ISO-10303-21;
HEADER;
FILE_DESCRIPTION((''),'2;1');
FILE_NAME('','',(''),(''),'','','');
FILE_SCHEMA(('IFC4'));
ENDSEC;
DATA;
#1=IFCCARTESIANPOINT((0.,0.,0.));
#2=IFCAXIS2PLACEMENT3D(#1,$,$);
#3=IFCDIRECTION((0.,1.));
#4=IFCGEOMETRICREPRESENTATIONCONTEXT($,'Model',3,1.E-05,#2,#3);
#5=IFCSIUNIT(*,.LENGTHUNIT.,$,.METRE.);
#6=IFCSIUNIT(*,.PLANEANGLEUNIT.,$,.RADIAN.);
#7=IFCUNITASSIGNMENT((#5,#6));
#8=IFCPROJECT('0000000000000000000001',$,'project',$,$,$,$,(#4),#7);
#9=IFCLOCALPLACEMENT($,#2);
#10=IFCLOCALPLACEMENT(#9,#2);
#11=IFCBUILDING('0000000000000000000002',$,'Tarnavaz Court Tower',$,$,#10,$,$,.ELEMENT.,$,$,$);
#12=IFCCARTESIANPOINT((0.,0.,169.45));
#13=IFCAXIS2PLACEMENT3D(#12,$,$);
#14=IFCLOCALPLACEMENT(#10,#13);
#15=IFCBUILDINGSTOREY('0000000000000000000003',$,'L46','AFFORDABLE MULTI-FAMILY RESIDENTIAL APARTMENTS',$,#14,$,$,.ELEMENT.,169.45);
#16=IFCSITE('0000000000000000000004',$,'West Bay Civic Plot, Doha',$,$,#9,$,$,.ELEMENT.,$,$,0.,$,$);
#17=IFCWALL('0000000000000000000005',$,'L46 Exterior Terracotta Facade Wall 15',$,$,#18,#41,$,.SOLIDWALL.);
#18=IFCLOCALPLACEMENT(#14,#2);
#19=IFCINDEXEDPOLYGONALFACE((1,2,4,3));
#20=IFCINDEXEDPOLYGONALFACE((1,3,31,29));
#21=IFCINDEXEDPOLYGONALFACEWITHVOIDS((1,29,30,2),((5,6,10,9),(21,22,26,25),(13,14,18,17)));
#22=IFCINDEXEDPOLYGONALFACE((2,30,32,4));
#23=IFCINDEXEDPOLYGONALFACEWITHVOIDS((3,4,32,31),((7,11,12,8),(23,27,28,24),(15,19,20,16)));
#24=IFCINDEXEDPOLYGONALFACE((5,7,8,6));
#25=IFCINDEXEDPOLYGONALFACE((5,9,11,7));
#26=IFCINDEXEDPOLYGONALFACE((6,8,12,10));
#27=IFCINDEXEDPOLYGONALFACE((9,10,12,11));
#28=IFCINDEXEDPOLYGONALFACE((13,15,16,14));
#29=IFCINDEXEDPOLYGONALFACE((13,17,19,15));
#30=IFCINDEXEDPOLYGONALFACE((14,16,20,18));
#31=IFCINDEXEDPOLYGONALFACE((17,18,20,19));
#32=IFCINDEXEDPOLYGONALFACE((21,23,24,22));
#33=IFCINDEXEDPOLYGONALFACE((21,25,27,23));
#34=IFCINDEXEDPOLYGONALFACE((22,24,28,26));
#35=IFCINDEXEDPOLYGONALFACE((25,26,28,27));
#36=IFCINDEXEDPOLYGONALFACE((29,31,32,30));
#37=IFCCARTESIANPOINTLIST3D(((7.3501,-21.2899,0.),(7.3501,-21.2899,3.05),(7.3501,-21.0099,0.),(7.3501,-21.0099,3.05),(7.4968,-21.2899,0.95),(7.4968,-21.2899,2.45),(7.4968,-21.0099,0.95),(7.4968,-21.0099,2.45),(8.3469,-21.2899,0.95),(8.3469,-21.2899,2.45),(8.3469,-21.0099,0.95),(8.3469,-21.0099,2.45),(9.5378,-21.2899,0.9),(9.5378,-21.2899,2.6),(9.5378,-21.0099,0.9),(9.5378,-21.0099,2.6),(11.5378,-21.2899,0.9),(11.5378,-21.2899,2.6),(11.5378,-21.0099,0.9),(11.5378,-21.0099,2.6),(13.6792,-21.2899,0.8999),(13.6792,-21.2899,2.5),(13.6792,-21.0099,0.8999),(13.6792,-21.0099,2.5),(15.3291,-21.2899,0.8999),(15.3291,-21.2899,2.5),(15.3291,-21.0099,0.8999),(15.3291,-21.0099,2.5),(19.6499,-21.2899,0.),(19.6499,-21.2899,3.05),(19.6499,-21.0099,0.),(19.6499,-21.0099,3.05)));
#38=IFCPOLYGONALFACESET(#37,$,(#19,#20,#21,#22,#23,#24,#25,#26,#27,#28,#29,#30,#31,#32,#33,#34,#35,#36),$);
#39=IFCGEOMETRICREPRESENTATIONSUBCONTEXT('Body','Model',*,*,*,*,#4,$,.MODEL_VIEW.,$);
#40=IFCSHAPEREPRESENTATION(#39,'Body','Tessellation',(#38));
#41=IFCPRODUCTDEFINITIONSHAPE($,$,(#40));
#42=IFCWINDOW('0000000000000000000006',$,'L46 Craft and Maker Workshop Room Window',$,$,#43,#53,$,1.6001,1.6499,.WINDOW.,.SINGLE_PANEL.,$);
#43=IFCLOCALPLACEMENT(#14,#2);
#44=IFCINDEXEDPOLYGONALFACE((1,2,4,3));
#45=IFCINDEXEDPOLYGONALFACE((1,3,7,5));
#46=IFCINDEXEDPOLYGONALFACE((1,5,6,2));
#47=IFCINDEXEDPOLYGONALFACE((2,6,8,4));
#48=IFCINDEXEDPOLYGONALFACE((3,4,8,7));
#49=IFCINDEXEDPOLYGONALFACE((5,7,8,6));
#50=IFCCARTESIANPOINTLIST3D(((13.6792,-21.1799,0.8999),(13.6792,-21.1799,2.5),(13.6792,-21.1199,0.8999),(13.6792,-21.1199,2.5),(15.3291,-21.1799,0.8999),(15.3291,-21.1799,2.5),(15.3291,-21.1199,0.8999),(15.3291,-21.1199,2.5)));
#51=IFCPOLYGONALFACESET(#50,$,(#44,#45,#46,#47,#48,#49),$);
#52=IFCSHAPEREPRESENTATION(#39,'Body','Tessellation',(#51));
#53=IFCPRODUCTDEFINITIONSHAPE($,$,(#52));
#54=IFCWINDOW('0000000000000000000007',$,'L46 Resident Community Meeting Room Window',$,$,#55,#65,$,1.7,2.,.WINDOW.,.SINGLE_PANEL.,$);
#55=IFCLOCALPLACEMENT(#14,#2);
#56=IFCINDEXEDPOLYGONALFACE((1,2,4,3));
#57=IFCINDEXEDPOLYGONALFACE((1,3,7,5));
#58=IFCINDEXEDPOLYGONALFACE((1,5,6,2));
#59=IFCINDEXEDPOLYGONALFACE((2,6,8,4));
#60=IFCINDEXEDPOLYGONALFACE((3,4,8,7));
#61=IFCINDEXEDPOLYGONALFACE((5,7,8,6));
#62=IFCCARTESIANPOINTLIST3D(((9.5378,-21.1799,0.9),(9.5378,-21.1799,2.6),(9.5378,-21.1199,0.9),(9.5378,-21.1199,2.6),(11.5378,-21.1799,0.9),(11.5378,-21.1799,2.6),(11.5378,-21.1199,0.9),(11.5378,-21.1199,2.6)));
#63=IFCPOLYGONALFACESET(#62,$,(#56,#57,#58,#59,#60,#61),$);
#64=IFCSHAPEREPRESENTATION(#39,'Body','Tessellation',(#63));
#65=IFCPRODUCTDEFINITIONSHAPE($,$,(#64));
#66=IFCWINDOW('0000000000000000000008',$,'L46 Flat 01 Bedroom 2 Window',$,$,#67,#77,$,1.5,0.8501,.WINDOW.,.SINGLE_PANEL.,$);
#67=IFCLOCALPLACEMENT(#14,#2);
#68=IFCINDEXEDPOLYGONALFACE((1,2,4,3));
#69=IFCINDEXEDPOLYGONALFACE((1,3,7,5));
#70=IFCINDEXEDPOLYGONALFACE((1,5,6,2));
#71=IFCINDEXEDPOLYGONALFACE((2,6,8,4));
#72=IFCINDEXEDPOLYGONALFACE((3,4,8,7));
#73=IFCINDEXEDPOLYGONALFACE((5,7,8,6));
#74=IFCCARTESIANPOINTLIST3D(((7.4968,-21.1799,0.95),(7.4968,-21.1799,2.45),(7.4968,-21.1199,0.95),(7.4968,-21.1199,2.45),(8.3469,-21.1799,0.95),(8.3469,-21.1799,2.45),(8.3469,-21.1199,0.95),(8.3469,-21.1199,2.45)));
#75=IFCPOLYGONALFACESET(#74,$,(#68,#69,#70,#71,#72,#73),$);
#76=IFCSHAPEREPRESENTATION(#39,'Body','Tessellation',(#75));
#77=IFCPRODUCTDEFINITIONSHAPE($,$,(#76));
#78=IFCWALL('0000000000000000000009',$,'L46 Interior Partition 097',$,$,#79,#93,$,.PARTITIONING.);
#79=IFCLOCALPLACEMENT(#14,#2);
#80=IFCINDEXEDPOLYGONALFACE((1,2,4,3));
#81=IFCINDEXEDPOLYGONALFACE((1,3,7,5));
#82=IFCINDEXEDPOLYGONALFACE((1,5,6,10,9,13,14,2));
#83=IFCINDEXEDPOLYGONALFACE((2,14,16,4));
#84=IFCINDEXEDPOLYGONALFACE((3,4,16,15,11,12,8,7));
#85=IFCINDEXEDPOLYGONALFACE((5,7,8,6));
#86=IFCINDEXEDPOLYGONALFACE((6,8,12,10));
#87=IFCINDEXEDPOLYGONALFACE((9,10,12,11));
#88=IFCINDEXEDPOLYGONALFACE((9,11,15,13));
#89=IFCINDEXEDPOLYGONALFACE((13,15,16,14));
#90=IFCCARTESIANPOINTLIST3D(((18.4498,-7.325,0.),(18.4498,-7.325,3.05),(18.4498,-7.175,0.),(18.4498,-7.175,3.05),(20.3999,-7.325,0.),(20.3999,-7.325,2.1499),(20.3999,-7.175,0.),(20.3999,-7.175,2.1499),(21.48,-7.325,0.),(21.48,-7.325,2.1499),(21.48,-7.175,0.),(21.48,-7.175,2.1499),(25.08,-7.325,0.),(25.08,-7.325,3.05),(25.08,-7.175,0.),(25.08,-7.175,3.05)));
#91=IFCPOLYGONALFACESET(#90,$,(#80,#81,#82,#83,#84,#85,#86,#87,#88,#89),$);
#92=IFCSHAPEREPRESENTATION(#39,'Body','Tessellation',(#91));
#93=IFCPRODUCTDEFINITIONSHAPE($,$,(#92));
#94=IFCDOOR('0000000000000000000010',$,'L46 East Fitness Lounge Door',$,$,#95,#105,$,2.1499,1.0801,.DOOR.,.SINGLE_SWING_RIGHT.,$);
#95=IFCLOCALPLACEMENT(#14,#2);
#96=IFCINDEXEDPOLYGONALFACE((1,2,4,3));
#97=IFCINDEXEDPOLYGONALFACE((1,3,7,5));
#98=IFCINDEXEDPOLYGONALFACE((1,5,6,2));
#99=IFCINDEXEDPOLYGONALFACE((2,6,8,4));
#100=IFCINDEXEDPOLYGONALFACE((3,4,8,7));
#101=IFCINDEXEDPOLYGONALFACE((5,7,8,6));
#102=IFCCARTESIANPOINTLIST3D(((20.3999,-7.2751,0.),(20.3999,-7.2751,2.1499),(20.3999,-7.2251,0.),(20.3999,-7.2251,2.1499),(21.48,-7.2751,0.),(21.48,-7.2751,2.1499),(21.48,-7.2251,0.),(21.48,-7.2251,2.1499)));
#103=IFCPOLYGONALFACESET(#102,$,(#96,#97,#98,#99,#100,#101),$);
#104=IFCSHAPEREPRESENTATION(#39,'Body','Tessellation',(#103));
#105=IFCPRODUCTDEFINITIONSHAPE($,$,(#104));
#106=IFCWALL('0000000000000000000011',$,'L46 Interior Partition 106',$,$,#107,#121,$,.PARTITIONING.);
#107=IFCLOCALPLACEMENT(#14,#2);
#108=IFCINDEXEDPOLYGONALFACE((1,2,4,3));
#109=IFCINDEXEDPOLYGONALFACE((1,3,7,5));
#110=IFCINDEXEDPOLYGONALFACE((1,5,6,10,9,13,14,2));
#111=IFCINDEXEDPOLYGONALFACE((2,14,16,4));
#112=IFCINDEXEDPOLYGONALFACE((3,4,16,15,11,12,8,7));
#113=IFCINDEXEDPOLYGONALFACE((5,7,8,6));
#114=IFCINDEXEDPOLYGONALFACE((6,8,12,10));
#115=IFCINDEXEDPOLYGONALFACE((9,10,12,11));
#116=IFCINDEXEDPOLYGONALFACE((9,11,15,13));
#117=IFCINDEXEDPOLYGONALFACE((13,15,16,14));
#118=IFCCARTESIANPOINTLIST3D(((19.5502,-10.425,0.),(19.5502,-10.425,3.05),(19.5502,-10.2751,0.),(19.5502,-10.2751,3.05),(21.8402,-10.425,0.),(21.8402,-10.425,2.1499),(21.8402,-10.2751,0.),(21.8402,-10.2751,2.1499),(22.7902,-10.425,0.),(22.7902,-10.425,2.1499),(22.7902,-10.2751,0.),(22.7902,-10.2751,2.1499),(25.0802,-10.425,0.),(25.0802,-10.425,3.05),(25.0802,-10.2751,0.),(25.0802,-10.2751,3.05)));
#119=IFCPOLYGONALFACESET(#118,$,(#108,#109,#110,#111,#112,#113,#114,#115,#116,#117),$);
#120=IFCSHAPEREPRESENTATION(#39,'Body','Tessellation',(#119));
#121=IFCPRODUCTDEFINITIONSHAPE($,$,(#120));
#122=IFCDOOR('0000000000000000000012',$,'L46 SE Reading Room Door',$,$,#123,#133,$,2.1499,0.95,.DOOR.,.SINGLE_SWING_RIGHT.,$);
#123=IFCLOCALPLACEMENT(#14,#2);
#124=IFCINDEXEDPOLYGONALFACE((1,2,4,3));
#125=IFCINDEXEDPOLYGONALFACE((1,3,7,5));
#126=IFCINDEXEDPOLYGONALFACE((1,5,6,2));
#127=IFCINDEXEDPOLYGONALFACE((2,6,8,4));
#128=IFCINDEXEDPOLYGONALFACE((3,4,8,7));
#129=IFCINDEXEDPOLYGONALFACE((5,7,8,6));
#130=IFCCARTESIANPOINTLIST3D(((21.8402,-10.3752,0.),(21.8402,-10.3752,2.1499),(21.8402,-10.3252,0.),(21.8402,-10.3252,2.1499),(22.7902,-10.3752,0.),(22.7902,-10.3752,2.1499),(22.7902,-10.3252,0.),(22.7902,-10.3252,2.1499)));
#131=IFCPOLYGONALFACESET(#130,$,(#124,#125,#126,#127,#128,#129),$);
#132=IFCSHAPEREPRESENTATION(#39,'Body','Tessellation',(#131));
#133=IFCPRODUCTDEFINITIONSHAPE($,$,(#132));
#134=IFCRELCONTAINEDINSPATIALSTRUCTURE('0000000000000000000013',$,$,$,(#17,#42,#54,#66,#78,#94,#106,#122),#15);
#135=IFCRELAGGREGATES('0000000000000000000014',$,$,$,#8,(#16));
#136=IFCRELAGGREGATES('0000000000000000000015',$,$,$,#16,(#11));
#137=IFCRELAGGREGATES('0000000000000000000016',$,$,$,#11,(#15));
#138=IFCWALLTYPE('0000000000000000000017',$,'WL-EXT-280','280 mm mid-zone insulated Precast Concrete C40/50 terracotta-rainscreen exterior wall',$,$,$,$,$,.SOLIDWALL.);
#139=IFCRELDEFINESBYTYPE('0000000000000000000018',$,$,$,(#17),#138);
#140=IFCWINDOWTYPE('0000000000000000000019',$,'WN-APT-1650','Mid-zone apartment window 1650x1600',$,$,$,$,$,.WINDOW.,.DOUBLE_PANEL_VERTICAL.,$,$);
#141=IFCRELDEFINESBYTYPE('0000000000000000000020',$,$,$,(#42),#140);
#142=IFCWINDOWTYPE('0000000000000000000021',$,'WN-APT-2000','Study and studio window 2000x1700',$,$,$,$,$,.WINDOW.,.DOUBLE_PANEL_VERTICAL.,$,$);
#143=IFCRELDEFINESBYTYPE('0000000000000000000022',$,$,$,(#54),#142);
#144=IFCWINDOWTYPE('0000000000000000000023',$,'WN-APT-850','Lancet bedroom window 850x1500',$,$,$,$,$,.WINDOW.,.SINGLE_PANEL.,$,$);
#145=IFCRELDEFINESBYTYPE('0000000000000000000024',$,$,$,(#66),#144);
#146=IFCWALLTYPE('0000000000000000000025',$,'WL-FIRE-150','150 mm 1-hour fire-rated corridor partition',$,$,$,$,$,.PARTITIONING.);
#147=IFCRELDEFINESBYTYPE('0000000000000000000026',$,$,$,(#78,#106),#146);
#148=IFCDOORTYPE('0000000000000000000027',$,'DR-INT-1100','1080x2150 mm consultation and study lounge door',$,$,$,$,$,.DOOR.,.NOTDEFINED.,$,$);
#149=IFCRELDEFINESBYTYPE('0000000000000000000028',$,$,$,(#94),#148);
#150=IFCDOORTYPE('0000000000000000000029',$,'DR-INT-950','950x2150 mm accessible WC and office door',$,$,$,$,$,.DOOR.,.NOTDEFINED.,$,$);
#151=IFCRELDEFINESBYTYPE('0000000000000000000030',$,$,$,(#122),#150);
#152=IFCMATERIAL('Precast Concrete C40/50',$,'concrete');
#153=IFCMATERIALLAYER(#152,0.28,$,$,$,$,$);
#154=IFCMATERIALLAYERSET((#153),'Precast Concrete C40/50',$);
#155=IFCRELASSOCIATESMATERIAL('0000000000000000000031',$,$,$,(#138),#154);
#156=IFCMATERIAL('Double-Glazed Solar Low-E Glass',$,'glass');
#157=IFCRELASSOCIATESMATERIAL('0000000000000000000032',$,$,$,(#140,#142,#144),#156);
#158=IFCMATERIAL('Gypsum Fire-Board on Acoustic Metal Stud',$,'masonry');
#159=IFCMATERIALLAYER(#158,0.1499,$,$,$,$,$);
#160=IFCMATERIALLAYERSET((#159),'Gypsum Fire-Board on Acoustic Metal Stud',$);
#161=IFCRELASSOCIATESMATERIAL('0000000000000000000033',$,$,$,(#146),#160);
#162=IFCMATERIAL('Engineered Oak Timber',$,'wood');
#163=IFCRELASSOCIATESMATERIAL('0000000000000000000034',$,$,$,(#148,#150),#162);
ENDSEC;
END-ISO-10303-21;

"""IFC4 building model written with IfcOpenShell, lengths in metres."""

from ifc_helpers import new_model, si_unit, direction, frame, frame_2d, origin, place, context, subcontext, project, spatial, rectangle, extrude, material, layer, layer_set, type_object, element, fill, save


model = new_model("IFC4")

# Units and contexts
model_context = context("Model", 3, precision=1e-05, world=origin(), true_north=direction((0.0, 1.0)))
body_context = subcontext(model_context, "Body", "Model", "MODEL_VIEW")
ifc_project = project(units=[si_unit("LENGTHUNIT", "METRE"), si_unit("PLANEANGLEUNIT", "RADIAN")], contexts=[model_context])

# Site, building, storey
site_placement = place(None, origin())
site = spatial("IfcSite", under=ifc_project, at=site_placement, Name="West Bay Civic Plot, Doha", CompositionType="ELEMENT", RefElevation=0.0)
building_placement = place(site_placement, origin())
building = spatial("IfcBuilding", under=site, at=building_placement, Name="Tarnavaz Court Tower", CompositionType="ELEMENT")
storey_placement = place(building_placement, frame((0.0, 0.0, 169.45)))
storey = spatial("IfcBuildingStorey", under=building, at=storey_placement, Name="L46", Description="AFFORDABLE MULTI-FAMILY RESIDENTIAL APARTMENTS", CompositionType="ELEMENT", Elevation=169.45)

# Shared definitions
ifc_material_1 = material(Name="Precast Concrete C40/50", Category="concrete")
ifc_layer_1 = layer(ifc_material_1, 0.28)
ifc_layer_set_1 = layer_set([ifc_layer_1], Name="Precast Concrete C40/50")
wall_type_1 = type_object("IfcWallType", Name="WL-EXT-280", Description="280 mm mid-zone insulated Precast Concrete C40/50 terracotta-rainscreen exterior wall", PredefinedType="SOLIDWALL", material=ifc_layer_set_1)
ifc_material_2 = material(Name="Double-Glazed Solar Low-E Glass", Category="glass")

# Wall, openings, windows
wall_1_placement = place(storey_placement, frame((19.6499, -21.1499, 0.0), z_axis=(0.0, 0.0, 1.0), x_axis=(-1.0, 0.0, 0.0)))
wall_1 = element("IfcWall", 1, at=wall_1_placement, inside=storey, type_object=wall_type_1, Name="L46 Exterior Terracotta Facade Wall 15", PredefinedType="SOLIDWALL", context=body_context, shape_type="SweptSolid", body=[
    extrude(rectangle(XDim=12.2998, YDim=0.28, at=frame_2d((6.1499, 0.0))), origin(), (0.0, 0.0, 1.0), 3.05),
])
opening_1_placement = place(wall_1_placement, frame((4.3208, 0.0, 0.8999)))
opening_1 = element("IfcOpeningElement", 2, at=opening_1_placement, cuts=wall_1, PredefinedType="OPENING", context=body_context, shape_type="SweptSolid", body=[
    extrude(rectangle(XDim=1.6499, YDim=1.6001, at=frame_2d((0.825, 0.8))), frame((0.0, 0.1499, 0.0), z_axis=(0.0, -1.0, 0.0), x_axis=(1.0, 0.0, 0.0)), (0.0, 0.0, 1.0), 0.3),
])
opening_2_placement = place(wall_1_placement, frame((8.1121, 0.0, 0.8999)))
opening_2 = element("IfcOpeningElement", 3, at=opening_2_placement, cuts=wall_1, PredefinedType="OPENING", context=body_context, shape_type="SweptSolid", body=[
    extrude(rectangle(XDim=2.0, YDim=1.7, at=frame_2d((1.0, 0.8501))), frame((0.0, 0.1499, 0.0), z_axis=(0.0, -1.0, 0.0), x_axis=(1.0, 0.0, 0.0)), (0.0, 0.0, 1.0), 0.3),
])
opening_3_placement = place(wall_1_placement, frame((11.303, 0.0, 0.95)))
opening_3 = element("IfcOpeningElement", 4, at=opening_3_placement, cuts=wall_1, PredefinedType="OPENING", context=body_context, shape_type="SweptSolid", body=[
    extrude(rectangle(XDim=0.8501, YDim=1.5, at=frame_2d((0.425, 0.75))), frame((0.0, 0.1499, 0.0), z_axis=(0.0, -1.0, 0.0), x_axis=(1.0, 0.0, 0.0)), (0.0, 0.0, 1.0), 0.3),
])
window_type_1 = type_object("IfcWindowType", Name="WN-APT-1650", Description="Mid-zone apartment window 1650x1600", PartitioningType="DOUBLE_PANEL_VERTICAL", PredefinedType="WINDOW", material=ifc_material_2)
window_1_placement = place(opening_1_placement, origin())
window_1 = element("IfcWindow", 5, at=window_1_placement, inside=storey, type_object=window_type_1, Name="L46 Craft and Maker Workshop Room Window", OverallHeight=1.6001, OverallWidth=1.6499, PartitioningType="SINGLE_PANEL", PredefinedType="WINDOW", context=body_context, shape_type="SweptSolid", body=[
    extrude(rectangle(XDim=1.6499, YDim=1.6001, at=frame_2d((0.825, 0.8))), frame((0.0, 0.03, 0.0), z_axis=(0.0, -1.0, 0.0), x_axis=(1.0, 0.0, 0.0)), (0.0, 0.0, 1.0), 0.0601),
])
fill(opening_1, window_1)
window_type_2 = type_object("IfcWindowType", Name="WN-APT-2000", Description="Study and studio window 2000x1700", PartitioningType="DOUBLE_PANEL_VERTICAL", PredefinedType="WINDOW", material=ifc_material_2)
window_2_placement = place(opening_2_placement, origin())
window_2 = element("IfcWindow", 6, at=window_2_placement, inside=storey, type_object=window_type_2, Name="L46 Resident Community Meeting Room Window", OverallHeight=1.7, OverallWidth=2.0, PartitioningType="SINGLE_PANEL", PredefinedType="WINDOW", context=body_context, shape_type="SweptSolid", body=[
    extrude(rectangle(XDim=2.0, YDim=1.7, at=frame_2d((1.0, 0.8501))), frame((0.0, 0.03, 0.0), z_axis=(0.0, -1.0, 0.0), x_axis=(1.0, 0.0, 0.0)), (0.0, 0.0, 1.0), 0.0601),
])
fill(opening_2, window_2)
window_type_3 = type_object("IfcWindowType", Name="WN-APT-850", Description="Lancet bedroom window 850x1500", PartitioningType="SINGLE_PANEL", PredefinedType="WINDOW", material=ifc_material_2)
window_3_placement = place(opening_3_placement, origin())
window_3 = element("IfcWindow", 7, at=window_3_placement, inside=storey, type_object=window_type_3, Name="L46 Flat 01 Bedroom 2 Window", OverallHeight=1.5, OverallWidth=0.8501, PartitioningType="SINGLE_PANEL", PredefinedType="WINDOW", context=body_context, shape_type="SweptSolid", body=[
    extrude(rectangle(XDim=0.8501, YDim=1.5, at=frame_2d((0.425, 0.75))), frame((0.0, 0.03, 0.0), z_axis=(0.0, -1.0, 0.0), x_axis=(1.0, 0.0, 0.0)), (0.0, 0.0, 1.0), 0.0601),
])
fill(opening_3, window_3)

# Walls, openings, doors
ifc_material_3 = material(Name="Gypsum Fire-Board on Acoustic Metal Stud", Category="masonry")
ifc_layer_2 = layer(ifc_material_3, 0.1499)
ifc_layer_set_2 = layer_set([ifc_layer_2], Name="Gypsum Fire-Board on Acoustic Metal Stud")
wall_type_2 = type_object("IfcWallType", Name="WL-FIRE-150", Description="150 mm 1-hour fire-rated corridor partition", PredefinedType="PARTITIONING", material=ifc_layer_set_2)
wall_2_placement = place(storey_placement, frame((18.45, -7.25, 0.0), z_axis=(0.0, 0.0, 1.0), x_axis=(1.0, 0.0, 0.0)))
wall_2 = element("IfcWall", 8, at=wall_2_placement, inside=storey, type_object=wall_type_2, Name="L46 Interior Partition 097", PredefinedType="PARTITIONING", context=body_context, shape_type="SweptSolid", body=[
    extrude(rectangle(XDim=6.6301, YDim=0.1499, at=frame_2d((3.3149, 0.0))), origin(), (0.0, 0.0, 1.0), 3.05),
])
opening_4_placement = place(wall_2_placement, frame((1.95, 0.0, 0.0)))
opening_4 = element("IfcOpeningElement", 9, at=opening_4_placement, cuts=wall_2, PredefinedType="OPENING", context=body_context, shape_type="SweptSolid", body=[
    extrude(rectangle(XDim=1.0801, YDim=2.1499, at=frame_2d((0.54, 1.075))), frame((0.0, 0.085, 0.0), z_axis=(0.0, -1.0, 0.0), x_axis=(1.0, 0.0, 0.0)), (0.0, 0.0, 1.0), 0.1699),
])
ifc_material_4 = material(Name="Engineered Oak Timber", Category="wood")
door_type_1 = type_object("IfcDoorType", Name="DR-INT-1100", Description="1080x2150 mm consultation and study lounge door", OperationType="NOTDEFINED", PredefinedType="DOOR", material=ifc_material_4)
door_1_placement = place(opening_4_placement, origin())
door_1 = element("IfcDoor", 10, at=door_1_placement, inside=storey, type_object=door_type_1, Name="L46 East Fitness Lounge Door", OperationType="SINGLE_SWING_RIGHT", OverallHeight=2.1499, OverallWidth=1.0801, PredefinedType="DOOR", context=body_context, shape_type="SweptSolid", body=[
    extrude(rectangle(XDim=1.0801, YDim=2.1499, at=frame_2d((0.54, 1.075))), frame((0.0, 0.0249, 0.0), z_axis=(0.0, -1.0, 0.0), x_axis=(1.0, 0.0, 0.0)), (0.0, 0.0, 1.0), 0.05),
])
fill(opening_4, door_1)
wall_3_placement = place(storey_placement, frame((19.55, -10.3501, 0.0), z_axis=(0.0, 0.0, 1.0), x_axis=(1.0, 0.0, 0.0)))
wall_3 = element("IfcWall", 11, at=wall_3_placement, inside=storey, type_object=wall_type_2, Name="L46 Interior Partition 106", PredefinedType="PARTITIONING", context=body_context, shape_type="SweptSolid", body=[
    extrude(rectangle(XDim=5.53, YDim=0.1499, at=frame_2d((2.7651, 0.0))), origin(), (0.0, 0.0, 1.0), 3.05),
])
opening_5_placement = place(wall_3_placement, frame((2.29, 0.0, 0.0)))
opening_5 = element("IfcOpeningElement", 12, at=opening_5_placement, cuts=wall_3, PredefinedType="OPENING", context=body_context, shape_type="SweptSolid", body=[
    extrude(rectangle(XDim=0.95, YDim=2.1499, at=frame_2d((0.4751, 1.075))), frame((0.0, 0.085, 0.0), z_axis=(0.0, -1.0, 0.0), x_axis=(1.0, 0.0, 0.0)), (0.0, 0.0, 1.0), 0.1699),
])
door_type_2 = type_object("IfcDoorType", Name="DR-INT-950", Description="950x2150 mm accessible WC and office door", OperationType="NOTDEFINED", PredefinedType="DOOR", material=ifc_material_4)
door_2_placement = place(opening_5_placement, origin())
door_2 = element("IfcDoor", 13, at=door_2_placement, inside=storey, type_object=door_type_2, Name="L46 SE Reading Room Door", OperationType="SINGLE_SWING_RIGHT", OverallHeight=2.1499, OverallWidth=0.95, PredefinedType="DOOR", context=body_context, shape_type="SweptSolid", body=[
    extrude(rectangle(XDim=0.95, YDim=2.1499, at=frame_2d((0.4751, 1.075))), frame((0.0, 0.0249, 0.0), z_axis=(0.0, -1.0, 0.0), x_axis=(1.0, 0.0, 0.0)), (0.0, 0.0, 1.0), 0.05),
])
fill(opening_5, door_2)

save(model, "model.ifc")
